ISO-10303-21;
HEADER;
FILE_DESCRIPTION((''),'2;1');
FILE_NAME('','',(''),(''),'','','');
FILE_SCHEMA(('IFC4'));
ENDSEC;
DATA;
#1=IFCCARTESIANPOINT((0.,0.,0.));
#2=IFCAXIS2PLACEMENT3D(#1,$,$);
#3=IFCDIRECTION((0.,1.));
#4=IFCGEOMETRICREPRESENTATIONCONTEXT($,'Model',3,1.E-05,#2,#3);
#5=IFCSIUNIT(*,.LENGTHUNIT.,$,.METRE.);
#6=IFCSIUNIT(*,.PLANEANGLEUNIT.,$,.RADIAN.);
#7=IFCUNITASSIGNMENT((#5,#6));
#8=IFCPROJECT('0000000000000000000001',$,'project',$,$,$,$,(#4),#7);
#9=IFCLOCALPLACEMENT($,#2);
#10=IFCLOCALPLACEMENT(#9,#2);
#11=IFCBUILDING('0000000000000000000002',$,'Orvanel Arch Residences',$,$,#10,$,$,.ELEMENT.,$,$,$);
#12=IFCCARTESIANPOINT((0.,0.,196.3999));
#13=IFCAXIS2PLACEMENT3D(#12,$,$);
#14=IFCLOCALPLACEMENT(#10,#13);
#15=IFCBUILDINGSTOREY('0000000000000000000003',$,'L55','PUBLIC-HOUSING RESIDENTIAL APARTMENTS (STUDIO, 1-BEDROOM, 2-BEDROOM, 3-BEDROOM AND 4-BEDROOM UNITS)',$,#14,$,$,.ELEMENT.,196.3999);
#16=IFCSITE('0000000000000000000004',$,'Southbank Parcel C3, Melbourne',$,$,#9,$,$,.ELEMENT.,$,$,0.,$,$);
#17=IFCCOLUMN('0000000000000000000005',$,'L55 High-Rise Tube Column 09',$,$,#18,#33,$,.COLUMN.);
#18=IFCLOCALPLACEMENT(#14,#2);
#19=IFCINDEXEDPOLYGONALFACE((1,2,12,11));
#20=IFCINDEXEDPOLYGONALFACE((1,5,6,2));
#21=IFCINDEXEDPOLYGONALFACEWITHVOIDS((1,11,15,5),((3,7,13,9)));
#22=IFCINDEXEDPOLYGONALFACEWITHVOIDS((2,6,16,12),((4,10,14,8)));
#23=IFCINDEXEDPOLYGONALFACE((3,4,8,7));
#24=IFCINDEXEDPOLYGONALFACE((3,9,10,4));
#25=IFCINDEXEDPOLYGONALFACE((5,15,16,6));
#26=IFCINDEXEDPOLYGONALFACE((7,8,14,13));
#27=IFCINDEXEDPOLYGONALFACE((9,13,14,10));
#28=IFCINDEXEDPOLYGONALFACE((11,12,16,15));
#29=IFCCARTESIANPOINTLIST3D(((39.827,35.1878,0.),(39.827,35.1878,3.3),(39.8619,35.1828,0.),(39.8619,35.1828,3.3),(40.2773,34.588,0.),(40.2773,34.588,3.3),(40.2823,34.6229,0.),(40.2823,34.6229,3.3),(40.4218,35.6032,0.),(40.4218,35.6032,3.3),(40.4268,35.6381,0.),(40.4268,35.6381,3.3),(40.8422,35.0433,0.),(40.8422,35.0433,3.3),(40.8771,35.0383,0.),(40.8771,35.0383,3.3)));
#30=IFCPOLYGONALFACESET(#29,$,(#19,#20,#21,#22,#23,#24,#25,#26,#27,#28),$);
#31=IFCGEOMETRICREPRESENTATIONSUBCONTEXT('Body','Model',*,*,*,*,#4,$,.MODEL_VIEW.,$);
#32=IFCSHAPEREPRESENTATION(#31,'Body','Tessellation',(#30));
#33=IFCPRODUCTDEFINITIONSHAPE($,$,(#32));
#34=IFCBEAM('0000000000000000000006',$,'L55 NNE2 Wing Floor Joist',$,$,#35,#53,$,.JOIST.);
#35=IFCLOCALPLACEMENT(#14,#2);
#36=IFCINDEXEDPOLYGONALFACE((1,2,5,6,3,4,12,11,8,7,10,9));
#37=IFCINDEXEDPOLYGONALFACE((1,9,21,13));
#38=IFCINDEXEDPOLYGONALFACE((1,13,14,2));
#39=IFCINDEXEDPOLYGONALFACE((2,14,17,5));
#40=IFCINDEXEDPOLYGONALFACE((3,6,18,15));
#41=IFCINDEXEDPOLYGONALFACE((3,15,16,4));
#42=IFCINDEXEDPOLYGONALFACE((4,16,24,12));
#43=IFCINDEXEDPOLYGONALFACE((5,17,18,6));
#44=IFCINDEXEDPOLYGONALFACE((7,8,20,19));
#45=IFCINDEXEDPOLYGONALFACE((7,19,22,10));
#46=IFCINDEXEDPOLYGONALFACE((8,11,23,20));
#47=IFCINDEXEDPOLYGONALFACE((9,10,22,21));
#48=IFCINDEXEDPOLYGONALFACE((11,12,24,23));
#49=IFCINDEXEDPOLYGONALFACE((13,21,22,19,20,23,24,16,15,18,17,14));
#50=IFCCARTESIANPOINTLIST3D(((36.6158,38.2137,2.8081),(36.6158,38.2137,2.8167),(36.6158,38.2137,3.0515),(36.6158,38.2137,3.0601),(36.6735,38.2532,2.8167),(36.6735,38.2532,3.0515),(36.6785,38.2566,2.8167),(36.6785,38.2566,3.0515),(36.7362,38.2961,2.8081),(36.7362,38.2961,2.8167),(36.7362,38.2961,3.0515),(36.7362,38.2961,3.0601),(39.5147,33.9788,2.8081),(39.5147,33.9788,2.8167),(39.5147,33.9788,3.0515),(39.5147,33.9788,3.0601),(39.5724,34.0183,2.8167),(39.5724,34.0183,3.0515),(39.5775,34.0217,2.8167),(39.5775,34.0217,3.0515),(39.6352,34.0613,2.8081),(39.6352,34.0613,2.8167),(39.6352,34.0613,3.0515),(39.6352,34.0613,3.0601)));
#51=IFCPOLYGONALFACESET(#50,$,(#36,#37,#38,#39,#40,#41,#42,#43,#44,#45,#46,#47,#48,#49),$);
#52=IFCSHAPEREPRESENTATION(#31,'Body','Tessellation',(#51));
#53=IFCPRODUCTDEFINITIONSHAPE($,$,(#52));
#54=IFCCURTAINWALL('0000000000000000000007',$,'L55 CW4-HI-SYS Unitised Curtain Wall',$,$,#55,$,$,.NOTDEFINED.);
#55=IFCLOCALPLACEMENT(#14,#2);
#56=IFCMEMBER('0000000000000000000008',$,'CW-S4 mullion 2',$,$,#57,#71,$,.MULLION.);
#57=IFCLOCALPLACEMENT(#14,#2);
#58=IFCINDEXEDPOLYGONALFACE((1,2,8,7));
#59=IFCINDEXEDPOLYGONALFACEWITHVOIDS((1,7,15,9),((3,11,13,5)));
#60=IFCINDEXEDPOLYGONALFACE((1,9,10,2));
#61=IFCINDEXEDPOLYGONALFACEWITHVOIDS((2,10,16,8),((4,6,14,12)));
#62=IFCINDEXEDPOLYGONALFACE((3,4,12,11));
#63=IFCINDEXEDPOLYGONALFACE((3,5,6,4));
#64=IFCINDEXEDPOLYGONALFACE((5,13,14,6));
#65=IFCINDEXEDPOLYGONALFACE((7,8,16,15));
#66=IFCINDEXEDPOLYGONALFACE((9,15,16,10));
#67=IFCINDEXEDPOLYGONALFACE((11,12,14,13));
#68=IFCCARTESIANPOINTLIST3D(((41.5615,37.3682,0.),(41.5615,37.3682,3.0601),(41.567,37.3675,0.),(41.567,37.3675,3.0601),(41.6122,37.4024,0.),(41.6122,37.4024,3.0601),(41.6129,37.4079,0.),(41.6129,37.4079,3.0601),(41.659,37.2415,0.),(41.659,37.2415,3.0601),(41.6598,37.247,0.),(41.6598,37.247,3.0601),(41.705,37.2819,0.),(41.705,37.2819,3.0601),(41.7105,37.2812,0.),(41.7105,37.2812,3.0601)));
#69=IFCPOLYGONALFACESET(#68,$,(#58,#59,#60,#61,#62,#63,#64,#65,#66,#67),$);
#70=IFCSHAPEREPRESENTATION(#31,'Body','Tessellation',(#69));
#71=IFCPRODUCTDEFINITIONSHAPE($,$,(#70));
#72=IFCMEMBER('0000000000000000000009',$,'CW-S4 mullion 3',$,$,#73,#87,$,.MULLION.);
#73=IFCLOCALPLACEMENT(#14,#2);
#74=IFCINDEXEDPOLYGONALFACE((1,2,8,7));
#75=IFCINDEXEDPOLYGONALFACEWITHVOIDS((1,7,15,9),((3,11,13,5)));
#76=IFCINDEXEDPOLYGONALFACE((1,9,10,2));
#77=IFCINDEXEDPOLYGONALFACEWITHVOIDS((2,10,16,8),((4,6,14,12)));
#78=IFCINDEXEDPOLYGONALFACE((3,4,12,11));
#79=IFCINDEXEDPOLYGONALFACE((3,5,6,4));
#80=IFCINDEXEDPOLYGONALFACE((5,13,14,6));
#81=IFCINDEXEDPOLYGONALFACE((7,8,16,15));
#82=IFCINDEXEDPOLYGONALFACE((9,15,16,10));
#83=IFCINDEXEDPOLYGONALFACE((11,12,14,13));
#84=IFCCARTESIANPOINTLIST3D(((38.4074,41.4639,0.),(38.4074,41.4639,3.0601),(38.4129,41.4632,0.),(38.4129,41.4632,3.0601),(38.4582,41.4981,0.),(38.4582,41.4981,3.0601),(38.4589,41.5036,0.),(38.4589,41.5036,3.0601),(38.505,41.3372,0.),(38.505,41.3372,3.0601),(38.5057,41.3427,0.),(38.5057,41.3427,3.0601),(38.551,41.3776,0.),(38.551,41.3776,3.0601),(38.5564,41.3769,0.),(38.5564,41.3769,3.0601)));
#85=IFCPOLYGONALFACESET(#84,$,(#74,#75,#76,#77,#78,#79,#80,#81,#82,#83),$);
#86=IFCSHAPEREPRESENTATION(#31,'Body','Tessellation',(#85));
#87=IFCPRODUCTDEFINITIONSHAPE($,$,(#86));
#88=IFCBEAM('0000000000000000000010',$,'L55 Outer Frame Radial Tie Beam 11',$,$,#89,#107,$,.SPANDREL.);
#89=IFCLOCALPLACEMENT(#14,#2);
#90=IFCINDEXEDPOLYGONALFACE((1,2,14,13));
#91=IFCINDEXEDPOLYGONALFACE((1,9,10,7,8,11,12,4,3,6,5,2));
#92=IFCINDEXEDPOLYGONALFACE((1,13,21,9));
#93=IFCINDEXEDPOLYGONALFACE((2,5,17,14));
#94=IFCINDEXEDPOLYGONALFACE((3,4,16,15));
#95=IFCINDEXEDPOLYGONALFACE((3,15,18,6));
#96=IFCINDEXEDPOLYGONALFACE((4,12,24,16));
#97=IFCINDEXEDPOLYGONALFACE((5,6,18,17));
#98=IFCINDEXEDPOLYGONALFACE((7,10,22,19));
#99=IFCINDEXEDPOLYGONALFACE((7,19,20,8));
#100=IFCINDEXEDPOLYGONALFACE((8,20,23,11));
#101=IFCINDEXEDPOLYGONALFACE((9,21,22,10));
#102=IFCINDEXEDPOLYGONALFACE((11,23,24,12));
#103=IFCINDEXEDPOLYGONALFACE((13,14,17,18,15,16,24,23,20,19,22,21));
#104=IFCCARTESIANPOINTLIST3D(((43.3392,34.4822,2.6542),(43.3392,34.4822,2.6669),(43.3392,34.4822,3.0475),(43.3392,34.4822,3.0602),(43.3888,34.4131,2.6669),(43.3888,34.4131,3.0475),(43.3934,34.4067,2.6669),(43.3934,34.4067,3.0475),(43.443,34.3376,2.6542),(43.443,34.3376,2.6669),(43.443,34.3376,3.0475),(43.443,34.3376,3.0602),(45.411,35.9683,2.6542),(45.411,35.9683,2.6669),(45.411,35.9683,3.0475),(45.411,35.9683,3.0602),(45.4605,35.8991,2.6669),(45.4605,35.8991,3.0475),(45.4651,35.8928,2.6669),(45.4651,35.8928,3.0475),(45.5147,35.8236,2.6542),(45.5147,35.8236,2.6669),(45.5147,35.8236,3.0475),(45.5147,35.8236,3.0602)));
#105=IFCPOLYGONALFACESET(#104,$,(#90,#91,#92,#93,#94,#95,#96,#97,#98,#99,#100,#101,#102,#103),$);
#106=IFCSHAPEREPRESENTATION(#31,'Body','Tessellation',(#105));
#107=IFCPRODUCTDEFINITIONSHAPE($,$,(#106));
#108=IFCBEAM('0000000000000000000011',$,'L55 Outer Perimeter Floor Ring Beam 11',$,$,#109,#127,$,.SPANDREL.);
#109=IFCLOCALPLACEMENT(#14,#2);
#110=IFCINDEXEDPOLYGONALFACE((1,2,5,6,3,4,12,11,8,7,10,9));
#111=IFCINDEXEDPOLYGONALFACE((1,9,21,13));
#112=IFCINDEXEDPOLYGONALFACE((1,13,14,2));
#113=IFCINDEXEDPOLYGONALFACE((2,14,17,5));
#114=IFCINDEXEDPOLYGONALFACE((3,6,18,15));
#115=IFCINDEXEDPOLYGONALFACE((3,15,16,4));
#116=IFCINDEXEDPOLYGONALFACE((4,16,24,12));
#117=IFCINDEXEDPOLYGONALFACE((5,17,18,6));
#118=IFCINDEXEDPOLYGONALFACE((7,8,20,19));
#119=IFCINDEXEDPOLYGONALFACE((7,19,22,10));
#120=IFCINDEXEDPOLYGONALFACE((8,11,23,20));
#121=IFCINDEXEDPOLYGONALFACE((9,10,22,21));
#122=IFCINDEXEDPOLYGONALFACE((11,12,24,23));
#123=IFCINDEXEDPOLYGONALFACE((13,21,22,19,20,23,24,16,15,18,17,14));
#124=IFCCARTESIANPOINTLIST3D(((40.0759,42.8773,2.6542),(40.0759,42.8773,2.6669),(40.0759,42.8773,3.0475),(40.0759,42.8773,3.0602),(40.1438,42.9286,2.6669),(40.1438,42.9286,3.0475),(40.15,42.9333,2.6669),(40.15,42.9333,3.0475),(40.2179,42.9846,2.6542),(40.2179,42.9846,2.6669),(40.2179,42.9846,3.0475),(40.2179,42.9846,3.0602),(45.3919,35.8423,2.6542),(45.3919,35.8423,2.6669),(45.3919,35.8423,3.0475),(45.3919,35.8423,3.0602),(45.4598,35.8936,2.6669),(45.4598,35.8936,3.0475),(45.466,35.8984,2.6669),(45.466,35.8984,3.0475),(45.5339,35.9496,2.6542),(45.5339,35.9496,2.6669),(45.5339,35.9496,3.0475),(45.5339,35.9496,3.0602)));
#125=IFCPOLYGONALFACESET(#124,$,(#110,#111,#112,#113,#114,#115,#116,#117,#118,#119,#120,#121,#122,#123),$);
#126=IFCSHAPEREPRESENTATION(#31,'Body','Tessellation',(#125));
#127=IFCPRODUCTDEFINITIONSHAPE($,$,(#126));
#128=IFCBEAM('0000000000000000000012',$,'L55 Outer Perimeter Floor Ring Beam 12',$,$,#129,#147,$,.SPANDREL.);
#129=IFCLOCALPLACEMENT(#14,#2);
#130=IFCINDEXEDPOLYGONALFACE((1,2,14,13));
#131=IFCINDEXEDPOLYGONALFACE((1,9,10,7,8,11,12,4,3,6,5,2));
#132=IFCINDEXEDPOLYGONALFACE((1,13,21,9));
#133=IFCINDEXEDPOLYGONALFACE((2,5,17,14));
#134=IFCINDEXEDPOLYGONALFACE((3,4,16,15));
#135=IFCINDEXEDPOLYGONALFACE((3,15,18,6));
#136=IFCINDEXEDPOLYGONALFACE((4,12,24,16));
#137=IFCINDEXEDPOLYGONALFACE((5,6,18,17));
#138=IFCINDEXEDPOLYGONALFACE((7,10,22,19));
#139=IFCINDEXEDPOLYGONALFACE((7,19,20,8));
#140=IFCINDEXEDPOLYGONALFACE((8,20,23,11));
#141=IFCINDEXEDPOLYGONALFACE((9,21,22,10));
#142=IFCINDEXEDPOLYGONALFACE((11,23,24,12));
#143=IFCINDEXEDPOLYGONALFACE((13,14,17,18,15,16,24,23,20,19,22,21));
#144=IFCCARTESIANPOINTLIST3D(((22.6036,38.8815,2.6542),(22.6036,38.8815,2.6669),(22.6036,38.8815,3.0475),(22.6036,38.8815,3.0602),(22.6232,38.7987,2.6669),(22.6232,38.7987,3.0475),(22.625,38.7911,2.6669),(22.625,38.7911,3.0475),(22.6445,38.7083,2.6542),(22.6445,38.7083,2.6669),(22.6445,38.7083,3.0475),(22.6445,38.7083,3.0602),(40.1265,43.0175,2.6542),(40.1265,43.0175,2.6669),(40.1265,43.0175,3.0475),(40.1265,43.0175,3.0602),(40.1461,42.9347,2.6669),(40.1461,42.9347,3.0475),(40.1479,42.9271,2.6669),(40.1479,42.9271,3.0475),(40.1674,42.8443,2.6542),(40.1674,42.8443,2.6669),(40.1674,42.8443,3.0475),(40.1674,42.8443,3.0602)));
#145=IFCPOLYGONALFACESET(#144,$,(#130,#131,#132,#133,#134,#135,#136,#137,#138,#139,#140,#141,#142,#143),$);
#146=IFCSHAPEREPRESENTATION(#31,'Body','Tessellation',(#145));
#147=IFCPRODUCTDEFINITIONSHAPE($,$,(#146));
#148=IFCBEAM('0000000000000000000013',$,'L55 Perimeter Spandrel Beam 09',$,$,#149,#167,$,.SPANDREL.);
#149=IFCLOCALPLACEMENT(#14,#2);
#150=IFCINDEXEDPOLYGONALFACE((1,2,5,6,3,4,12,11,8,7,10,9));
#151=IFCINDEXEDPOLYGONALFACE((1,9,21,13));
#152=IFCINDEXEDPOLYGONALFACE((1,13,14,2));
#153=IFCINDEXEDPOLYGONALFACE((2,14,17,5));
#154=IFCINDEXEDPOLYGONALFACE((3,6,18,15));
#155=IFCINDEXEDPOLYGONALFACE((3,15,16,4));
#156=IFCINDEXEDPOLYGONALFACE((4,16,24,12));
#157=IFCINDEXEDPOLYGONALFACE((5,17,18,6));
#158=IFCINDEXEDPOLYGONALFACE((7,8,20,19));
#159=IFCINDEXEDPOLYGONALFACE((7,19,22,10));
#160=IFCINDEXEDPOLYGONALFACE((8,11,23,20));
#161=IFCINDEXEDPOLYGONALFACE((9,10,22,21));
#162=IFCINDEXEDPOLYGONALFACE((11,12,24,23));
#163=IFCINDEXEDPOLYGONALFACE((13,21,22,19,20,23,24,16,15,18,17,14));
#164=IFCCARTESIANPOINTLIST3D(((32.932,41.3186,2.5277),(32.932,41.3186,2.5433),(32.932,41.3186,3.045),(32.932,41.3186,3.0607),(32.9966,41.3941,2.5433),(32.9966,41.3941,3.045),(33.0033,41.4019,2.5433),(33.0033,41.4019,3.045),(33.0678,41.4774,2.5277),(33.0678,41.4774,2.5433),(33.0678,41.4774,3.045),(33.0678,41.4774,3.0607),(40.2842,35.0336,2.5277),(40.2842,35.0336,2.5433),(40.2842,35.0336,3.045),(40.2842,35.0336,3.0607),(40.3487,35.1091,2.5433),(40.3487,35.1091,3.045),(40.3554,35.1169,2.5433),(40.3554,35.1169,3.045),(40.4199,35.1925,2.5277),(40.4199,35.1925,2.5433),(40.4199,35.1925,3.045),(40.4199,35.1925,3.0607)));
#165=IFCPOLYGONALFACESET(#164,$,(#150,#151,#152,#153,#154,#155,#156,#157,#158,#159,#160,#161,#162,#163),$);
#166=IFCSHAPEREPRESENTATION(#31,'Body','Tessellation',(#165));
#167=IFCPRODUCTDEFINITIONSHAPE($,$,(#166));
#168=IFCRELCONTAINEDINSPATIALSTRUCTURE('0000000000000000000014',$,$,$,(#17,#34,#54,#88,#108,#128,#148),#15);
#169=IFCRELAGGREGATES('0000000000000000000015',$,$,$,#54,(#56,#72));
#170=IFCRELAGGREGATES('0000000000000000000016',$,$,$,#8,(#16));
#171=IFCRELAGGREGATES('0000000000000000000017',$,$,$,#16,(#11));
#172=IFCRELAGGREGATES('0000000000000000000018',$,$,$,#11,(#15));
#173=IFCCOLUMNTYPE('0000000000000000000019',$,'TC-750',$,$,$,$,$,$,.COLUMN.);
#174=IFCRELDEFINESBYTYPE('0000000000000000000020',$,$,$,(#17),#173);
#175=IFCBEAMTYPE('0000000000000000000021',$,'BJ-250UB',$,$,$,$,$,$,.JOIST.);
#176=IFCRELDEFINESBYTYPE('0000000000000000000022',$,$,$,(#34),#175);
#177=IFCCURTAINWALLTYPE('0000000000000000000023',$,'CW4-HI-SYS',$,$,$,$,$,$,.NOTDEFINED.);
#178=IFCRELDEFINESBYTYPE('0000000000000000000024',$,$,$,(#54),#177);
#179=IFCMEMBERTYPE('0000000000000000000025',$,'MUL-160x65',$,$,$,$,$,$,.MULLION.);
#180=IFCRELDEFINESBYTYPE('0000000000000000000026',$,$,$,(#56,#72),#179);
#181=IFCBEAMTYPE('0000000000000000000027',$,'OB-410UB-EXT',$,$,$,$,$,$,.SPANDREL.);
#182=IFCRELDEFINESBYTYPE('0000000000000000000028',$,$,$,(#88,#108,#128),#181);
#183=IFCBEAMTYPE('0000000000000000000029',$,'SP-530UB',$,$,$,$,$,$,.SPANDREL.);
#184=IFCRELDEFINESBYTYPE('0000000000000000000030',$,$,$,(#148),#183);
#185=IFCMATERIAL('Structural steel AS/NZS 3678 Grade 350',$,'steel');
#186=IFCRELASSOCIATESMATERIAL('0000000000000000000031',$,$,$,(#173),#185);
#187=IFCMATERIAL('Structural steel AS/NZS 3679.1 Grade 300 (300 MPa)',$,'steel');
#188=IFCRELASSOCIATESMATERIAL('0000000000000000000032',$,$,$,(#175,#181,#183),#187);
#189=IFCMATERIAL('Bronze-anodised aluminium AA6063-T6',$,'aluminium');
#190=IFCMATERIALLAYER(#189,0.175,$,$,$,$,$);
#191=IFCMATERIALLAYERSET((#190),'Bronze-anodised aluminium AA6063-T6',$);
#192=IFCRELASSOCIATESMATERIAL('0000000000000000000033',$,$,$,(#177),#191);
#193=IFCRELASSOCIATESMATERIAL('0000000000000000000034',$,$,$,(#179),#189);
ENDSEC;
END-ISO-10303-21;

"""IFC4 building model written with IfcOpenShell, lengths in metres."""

from ifc_helpers import new_model, si_unit, direction, frame, origin, origin_2d, place, context, subcontext, project, spatial, hollow_rectangle, i_section, extrude, material, layer, layer_set, material_profile, profile_set, type_object, element, aggregate, save


model = new_model("IFC4")

# Units and contexts
model_context = context("Model", 3, precision=1e-05, world=origin(), true_north=direction((0.0, 1.0)))
body_context = subcontext(model_context, "Body", "Model", "MODEL_VIEW")
ifc_project = project(units=[si_unit("LENGTHUNIT", "METRE"), si_unit("PLANEANGLEUNIT", "RADIAN")], contexts=[model_context])

# Site, building, storey
site_placement = place(None, origin())
site = spatial("IfcSite", under=ifc_project, at=site_placement, Name="Southbank Parcel C3, Melbourne", CompositionType="ELEMENT", RefElevation=0.0)
building_placement = place(site_placement, origin())
building = spatial("IfcBuilding", under=site, at=building_placement, Name="Orvanel Arch Residences", CompositionType="ELEMENT")
storey_placement = place(building_placement, frame((0.0, 0.0, 196.3999)))
storey = spatial("IfcBuildingStorey", under=building, at=storey_placement, Name="L55", Description="PUBLIC-HOUSING RESIDENTIAL APARTMENTS (STUDIO, 1-BEDROOM, 2-BEDROOM, 3-BEDROOM AND 4-BEDROOM UNITS)", CompositionType="ELEMENT", Elevation=196.3999)

# Column
ifc_material_1 = material(Name="Structural steel AS/NZS 3678 Grade 350", Category="steel")
ifc_material_profile_1 = material_profile(ifc_material_1, hollow_rectangle(XDim=0.75, YDim=0.75, WallThickness=0.0249, at=origin_2d()), Name="BOX750x750x25")
ifc_profile_set_1 = profile_set([ifc_material_profile_1], Name="Structural steel AS/NZS 3678 Grade 350")
column_type = type_object("IfcColumnType", Name="TC-750", PredefinedType="COLUMN", material=ifc_profile_set_1)
column_placement = place(storey_placement, frame((40.3521, 35.113, 0.0), z_axis=(0.0, 0.0, 1.0), x_axis=(-0.60042, 0.799685, 0.0)))
element("IfcColumn", 1, at=column_placement, inside=storey, type_object=column_type, Name="L55 High-Rise Tube Column 09", PredefinedType="COLUMN", context=body_context, shape_type="SweptSolid", body=[
    extrude(hollow_rectangle(XDim=0.75, YDim=0.75, WallThickness=0.0249, at=origin_2d()), origin(), (0.0, 0.0, 1.0), 3.3),
])

# Beam
ifc_material_2 = material(Name="Structural steel AS/NZS 3679.1 Grade 300 (300 MPa)", Category="steel")
ifc_material_profile_2 = material_profile(ifc_material_2, i_section(OverallWidth=0.146, OverallDepth=0.252, WebThickness=0.0061, FlangeThickness=0.0085, at=origin_2d()), Name="250UB31.4")
ifc_profile_set_2 = profile_set([ifc_material_profile_2], Name="Structural steel AS/NZS 3679.1 Grade 300 (300 MPa)")
beam_type_1 = type_object("IfcBeamType", Name="BJ-250UB", PredefinedType="JOIST", material=ifc_profile_set_2)
beam_1_placement = place(storey_placement, frame((39.575, 34.02, 2.9341), z_axis=(-0.564868, 0.825181, 0.0), x_axis=(-0.825181, -0.564868, 0.0)))
element("IfcBeam", 2, at=beam_1_placement, inside=storey, type_object=beam_type_1, Name="L55 NNE2 Wing Floor Joist", PredefinedType="JOIST", context=body_context, shape_type="SweptSolid", body=[
    extrude(i_section(OverallWidth=0.146, OverallDepth=0.252, WebThickness=0.0061, FlangeThickness=0.0085, at=origin_2d()), origin(), (0.0, 0.0, 1.0), 5.1321),
])

# Curtain wall, members
ifc_material_3 = material(Name="Bronze-anodised aluminium AA6063-T6", Category="aluminium")
ifc_layer_1 = layer(ifc_material_3, 0.175)
ifc_layer_set_1 = layer_set([ifc_layer_1], Name="Bronze-anodised aluminium AA6063-T6")
curtain_wall_type = type_object("IfcCurtainWallType", Name="CW4-HI-SYS", PredefinedType="NOTDEFINED", material=ifc_layer_set_1)
curtain_wall_placement = place(storey_placement, origin())
curtain_wall = element("IfcCurtainWall", 3, at=curtain_wall_placement, inside=storey, type_object=curtain_wall_type, Name="L55 CW4-HI-SYS Unitised Curtain Wall", PredefinedType="NOTDEFINED")
ifc_material_profile_3 = material_profile(ifc_material_3, hollow_rectangle(XDim=0.0649, YDim=0.1599, WallThickness=0.0039, at=origin_2d()), Name="ALU160x65x4")
ifc_profile_set_3 = profile_set([ifc_material_profile_3], Name="Bronze-anodised aluminium AA6063-T6")
member_type_1 = type_object("IfcMemberType", Name="MUL-160x65", PredefinedType="MULLION", material=ifc_profile_set_3)
member_1_placement = place(storey_placement, frame((41.636, 37.3247, 0.0), z_axis=(0.0, 0.0, 1.0), x_axis=(-0.792298, -0.610134, 0.0)))
member_1 = element("IfcMember", 4, at=member_1_placement, type_object=member_type_1, Name="CW-S4 mullion 2", PredefinedType="MULLION", context=body_context, shape_type="SweptSolid", body=[
    extrude(hollow_rectangle(XDim=0.0649, YDim=0.1599, WallThickness=0.0039, at=origin_2d()), origin(), (0.0, 0.0, 1.0), 3.0601),
])
member_2_placement = place(storey_placement, frame((38.4819, 41.4204, 0.0), z_axis=(0.0, 0.0, 1.0), x_axis=(-0.792298, -0.610134, 0.0)))
member_2 = element("IfcMember", 5, at=member_2_placement, type_object=member_type_1, Name="CW-S4 mullion 3", PredefinedType="MULLION", context=body_context, shape_type="SweptSolid", body=[
    extrude(hollow_rectangle(XDim=0.0649, YDim=0.1599, WallThickness=0.0039, at=origin_2d()), origin(), (0.0, 0.0, 1.0), 3.0601),
])

# Beams
ifc_material_profile_4 = material_profile(ifc_material_2, i_section(OverallWidth=0.178, OverallDepth=0.406, WebThickness=0.0078, FlangeThickness=0.0127, at=origin_2d()), Name="410UB59.7")
ifc_profile_set_4 = profile_set([ifc_material_profile_4], Name="Structural steel AS/NZS 3679.1 Grade 300 (300 MPa)")
beam_type_2 = type_object("IfcBeamType", Name="OB-410UB-EXT", PredefinedType="SPANDREL", material=ifc_profile_set_4)
beam_2_placement = place(storey_placement, frame((43.3911, 34.4099, 2.8572), z_axis=(0.812574, 0.582858, 0.0), x_axis=(-0.582858, 0.812574, 0.0)))
element("IfcBeam", 6, at=beam_2_placement, inside=storey, type_object=beam_type_2, Name="L55 Outer Frame Radial Tie Beam 11", PredefinedType="SPANDREL", context=body_context, shape_type="SweptSolid", body=[
    extrude(i_section(OverallWidth=0.178, OverallDepth=0.406, WebThickness=0.0078, FlangeThickness=0.0127, at=origin_2d()), origin(), (0.0, 0.0, 1.0), 2.5496),
])
beam_3_placement = place(storey_placement, frame((45.4629, 35.896, 2.8572), z_axis=(-0.60288, 0.797832, 0.0), x_axis=(-0.797832, -0.60288, 0.0)))
element("IfcBeam", 7, at=beam_3_placement, inside=storey, type_object=beam_type_2, Name="L55 Outer Perimeter Floor Ring Beam 11", PredefinedType="SPANDREL", context=body_context, shape_type="SweptSolid", body=[
    extrude(i_section(OverallWidth=0.178, OverallDepth=0.406, WebThickness=0.0078, FlangeThickness=0.0127, at=origin_2d()), origin(), (0.0, 0.0, 1.0), 8.8176),
])
beam_4_placement = place(storey_placement, frame((40.147, 42.9309, 2.8572), z_axis=(-0.973257, -0.22972, 0.0), x_axis=(0.22972, -0.973257, 0.0)))
element("IfcBeam", 8, at=beam_4_placement, inside=storey, type_object=beam_type_2, Name="L55 Outer Perimeter Floor Ring Beam 12", PredefinedType="SPANDREL", context=body_context, shape_type="SweptSolid", body=[
    extrude(i_section(OverallWidth=0.178, OverallDepth=0.406, WebThickness=0.0078, FlangeThickness=0.0127, at=origin_2d()), origin(), (0.0, 0.0, 1.0), 18.0044),
])
ifc_material_profile_5 = material_profile(ifc_material_2, i_section(OverallWidth=0.209, OverallDepth=0.533, WebThickness=0.0103, FlangeThickness=0.0156, at=origin_2d()), Name="530UB92.4")
ifc_profile_set_5 = profile_set([ifc_material_profile_5], Name="Structural steel AS/NZS 3679.1 Grade 300 (300 MPa)")
beam_type_3 = type_object("IfcBeamType", Name="SP-530UB", PredefinedType="SPANDREL", material=ifc_profile_set_5)
beam_5_placement = place(storey_placement, frame((40.3521, 35.113, 2.7942), z_axis=(-0.760117, 0.649787, 0.0), x_axis=(-0.649787, -0.760117, 0.0)))
element("IfcBeam", 9, at=beam_5_placement, inside=storey, type_object=beam_type_3, Name="L55 Perimeter Spandrel Beam 09", PredefinedType="SPANDREL", context=body_context, shape_type="SweptSolid", body=[
    extrude(i_section(OverallWidth=0.209, OverallDepth=0.533, WebThickness=0.0103, FlangeThickness=0.0156, at=origin_2d()), origin(), (0.0, 0.0, 1.0), 9.6724),
])

aggregate(curtain_wall, [member_1, member_2])

save(model, "model.ifc")
